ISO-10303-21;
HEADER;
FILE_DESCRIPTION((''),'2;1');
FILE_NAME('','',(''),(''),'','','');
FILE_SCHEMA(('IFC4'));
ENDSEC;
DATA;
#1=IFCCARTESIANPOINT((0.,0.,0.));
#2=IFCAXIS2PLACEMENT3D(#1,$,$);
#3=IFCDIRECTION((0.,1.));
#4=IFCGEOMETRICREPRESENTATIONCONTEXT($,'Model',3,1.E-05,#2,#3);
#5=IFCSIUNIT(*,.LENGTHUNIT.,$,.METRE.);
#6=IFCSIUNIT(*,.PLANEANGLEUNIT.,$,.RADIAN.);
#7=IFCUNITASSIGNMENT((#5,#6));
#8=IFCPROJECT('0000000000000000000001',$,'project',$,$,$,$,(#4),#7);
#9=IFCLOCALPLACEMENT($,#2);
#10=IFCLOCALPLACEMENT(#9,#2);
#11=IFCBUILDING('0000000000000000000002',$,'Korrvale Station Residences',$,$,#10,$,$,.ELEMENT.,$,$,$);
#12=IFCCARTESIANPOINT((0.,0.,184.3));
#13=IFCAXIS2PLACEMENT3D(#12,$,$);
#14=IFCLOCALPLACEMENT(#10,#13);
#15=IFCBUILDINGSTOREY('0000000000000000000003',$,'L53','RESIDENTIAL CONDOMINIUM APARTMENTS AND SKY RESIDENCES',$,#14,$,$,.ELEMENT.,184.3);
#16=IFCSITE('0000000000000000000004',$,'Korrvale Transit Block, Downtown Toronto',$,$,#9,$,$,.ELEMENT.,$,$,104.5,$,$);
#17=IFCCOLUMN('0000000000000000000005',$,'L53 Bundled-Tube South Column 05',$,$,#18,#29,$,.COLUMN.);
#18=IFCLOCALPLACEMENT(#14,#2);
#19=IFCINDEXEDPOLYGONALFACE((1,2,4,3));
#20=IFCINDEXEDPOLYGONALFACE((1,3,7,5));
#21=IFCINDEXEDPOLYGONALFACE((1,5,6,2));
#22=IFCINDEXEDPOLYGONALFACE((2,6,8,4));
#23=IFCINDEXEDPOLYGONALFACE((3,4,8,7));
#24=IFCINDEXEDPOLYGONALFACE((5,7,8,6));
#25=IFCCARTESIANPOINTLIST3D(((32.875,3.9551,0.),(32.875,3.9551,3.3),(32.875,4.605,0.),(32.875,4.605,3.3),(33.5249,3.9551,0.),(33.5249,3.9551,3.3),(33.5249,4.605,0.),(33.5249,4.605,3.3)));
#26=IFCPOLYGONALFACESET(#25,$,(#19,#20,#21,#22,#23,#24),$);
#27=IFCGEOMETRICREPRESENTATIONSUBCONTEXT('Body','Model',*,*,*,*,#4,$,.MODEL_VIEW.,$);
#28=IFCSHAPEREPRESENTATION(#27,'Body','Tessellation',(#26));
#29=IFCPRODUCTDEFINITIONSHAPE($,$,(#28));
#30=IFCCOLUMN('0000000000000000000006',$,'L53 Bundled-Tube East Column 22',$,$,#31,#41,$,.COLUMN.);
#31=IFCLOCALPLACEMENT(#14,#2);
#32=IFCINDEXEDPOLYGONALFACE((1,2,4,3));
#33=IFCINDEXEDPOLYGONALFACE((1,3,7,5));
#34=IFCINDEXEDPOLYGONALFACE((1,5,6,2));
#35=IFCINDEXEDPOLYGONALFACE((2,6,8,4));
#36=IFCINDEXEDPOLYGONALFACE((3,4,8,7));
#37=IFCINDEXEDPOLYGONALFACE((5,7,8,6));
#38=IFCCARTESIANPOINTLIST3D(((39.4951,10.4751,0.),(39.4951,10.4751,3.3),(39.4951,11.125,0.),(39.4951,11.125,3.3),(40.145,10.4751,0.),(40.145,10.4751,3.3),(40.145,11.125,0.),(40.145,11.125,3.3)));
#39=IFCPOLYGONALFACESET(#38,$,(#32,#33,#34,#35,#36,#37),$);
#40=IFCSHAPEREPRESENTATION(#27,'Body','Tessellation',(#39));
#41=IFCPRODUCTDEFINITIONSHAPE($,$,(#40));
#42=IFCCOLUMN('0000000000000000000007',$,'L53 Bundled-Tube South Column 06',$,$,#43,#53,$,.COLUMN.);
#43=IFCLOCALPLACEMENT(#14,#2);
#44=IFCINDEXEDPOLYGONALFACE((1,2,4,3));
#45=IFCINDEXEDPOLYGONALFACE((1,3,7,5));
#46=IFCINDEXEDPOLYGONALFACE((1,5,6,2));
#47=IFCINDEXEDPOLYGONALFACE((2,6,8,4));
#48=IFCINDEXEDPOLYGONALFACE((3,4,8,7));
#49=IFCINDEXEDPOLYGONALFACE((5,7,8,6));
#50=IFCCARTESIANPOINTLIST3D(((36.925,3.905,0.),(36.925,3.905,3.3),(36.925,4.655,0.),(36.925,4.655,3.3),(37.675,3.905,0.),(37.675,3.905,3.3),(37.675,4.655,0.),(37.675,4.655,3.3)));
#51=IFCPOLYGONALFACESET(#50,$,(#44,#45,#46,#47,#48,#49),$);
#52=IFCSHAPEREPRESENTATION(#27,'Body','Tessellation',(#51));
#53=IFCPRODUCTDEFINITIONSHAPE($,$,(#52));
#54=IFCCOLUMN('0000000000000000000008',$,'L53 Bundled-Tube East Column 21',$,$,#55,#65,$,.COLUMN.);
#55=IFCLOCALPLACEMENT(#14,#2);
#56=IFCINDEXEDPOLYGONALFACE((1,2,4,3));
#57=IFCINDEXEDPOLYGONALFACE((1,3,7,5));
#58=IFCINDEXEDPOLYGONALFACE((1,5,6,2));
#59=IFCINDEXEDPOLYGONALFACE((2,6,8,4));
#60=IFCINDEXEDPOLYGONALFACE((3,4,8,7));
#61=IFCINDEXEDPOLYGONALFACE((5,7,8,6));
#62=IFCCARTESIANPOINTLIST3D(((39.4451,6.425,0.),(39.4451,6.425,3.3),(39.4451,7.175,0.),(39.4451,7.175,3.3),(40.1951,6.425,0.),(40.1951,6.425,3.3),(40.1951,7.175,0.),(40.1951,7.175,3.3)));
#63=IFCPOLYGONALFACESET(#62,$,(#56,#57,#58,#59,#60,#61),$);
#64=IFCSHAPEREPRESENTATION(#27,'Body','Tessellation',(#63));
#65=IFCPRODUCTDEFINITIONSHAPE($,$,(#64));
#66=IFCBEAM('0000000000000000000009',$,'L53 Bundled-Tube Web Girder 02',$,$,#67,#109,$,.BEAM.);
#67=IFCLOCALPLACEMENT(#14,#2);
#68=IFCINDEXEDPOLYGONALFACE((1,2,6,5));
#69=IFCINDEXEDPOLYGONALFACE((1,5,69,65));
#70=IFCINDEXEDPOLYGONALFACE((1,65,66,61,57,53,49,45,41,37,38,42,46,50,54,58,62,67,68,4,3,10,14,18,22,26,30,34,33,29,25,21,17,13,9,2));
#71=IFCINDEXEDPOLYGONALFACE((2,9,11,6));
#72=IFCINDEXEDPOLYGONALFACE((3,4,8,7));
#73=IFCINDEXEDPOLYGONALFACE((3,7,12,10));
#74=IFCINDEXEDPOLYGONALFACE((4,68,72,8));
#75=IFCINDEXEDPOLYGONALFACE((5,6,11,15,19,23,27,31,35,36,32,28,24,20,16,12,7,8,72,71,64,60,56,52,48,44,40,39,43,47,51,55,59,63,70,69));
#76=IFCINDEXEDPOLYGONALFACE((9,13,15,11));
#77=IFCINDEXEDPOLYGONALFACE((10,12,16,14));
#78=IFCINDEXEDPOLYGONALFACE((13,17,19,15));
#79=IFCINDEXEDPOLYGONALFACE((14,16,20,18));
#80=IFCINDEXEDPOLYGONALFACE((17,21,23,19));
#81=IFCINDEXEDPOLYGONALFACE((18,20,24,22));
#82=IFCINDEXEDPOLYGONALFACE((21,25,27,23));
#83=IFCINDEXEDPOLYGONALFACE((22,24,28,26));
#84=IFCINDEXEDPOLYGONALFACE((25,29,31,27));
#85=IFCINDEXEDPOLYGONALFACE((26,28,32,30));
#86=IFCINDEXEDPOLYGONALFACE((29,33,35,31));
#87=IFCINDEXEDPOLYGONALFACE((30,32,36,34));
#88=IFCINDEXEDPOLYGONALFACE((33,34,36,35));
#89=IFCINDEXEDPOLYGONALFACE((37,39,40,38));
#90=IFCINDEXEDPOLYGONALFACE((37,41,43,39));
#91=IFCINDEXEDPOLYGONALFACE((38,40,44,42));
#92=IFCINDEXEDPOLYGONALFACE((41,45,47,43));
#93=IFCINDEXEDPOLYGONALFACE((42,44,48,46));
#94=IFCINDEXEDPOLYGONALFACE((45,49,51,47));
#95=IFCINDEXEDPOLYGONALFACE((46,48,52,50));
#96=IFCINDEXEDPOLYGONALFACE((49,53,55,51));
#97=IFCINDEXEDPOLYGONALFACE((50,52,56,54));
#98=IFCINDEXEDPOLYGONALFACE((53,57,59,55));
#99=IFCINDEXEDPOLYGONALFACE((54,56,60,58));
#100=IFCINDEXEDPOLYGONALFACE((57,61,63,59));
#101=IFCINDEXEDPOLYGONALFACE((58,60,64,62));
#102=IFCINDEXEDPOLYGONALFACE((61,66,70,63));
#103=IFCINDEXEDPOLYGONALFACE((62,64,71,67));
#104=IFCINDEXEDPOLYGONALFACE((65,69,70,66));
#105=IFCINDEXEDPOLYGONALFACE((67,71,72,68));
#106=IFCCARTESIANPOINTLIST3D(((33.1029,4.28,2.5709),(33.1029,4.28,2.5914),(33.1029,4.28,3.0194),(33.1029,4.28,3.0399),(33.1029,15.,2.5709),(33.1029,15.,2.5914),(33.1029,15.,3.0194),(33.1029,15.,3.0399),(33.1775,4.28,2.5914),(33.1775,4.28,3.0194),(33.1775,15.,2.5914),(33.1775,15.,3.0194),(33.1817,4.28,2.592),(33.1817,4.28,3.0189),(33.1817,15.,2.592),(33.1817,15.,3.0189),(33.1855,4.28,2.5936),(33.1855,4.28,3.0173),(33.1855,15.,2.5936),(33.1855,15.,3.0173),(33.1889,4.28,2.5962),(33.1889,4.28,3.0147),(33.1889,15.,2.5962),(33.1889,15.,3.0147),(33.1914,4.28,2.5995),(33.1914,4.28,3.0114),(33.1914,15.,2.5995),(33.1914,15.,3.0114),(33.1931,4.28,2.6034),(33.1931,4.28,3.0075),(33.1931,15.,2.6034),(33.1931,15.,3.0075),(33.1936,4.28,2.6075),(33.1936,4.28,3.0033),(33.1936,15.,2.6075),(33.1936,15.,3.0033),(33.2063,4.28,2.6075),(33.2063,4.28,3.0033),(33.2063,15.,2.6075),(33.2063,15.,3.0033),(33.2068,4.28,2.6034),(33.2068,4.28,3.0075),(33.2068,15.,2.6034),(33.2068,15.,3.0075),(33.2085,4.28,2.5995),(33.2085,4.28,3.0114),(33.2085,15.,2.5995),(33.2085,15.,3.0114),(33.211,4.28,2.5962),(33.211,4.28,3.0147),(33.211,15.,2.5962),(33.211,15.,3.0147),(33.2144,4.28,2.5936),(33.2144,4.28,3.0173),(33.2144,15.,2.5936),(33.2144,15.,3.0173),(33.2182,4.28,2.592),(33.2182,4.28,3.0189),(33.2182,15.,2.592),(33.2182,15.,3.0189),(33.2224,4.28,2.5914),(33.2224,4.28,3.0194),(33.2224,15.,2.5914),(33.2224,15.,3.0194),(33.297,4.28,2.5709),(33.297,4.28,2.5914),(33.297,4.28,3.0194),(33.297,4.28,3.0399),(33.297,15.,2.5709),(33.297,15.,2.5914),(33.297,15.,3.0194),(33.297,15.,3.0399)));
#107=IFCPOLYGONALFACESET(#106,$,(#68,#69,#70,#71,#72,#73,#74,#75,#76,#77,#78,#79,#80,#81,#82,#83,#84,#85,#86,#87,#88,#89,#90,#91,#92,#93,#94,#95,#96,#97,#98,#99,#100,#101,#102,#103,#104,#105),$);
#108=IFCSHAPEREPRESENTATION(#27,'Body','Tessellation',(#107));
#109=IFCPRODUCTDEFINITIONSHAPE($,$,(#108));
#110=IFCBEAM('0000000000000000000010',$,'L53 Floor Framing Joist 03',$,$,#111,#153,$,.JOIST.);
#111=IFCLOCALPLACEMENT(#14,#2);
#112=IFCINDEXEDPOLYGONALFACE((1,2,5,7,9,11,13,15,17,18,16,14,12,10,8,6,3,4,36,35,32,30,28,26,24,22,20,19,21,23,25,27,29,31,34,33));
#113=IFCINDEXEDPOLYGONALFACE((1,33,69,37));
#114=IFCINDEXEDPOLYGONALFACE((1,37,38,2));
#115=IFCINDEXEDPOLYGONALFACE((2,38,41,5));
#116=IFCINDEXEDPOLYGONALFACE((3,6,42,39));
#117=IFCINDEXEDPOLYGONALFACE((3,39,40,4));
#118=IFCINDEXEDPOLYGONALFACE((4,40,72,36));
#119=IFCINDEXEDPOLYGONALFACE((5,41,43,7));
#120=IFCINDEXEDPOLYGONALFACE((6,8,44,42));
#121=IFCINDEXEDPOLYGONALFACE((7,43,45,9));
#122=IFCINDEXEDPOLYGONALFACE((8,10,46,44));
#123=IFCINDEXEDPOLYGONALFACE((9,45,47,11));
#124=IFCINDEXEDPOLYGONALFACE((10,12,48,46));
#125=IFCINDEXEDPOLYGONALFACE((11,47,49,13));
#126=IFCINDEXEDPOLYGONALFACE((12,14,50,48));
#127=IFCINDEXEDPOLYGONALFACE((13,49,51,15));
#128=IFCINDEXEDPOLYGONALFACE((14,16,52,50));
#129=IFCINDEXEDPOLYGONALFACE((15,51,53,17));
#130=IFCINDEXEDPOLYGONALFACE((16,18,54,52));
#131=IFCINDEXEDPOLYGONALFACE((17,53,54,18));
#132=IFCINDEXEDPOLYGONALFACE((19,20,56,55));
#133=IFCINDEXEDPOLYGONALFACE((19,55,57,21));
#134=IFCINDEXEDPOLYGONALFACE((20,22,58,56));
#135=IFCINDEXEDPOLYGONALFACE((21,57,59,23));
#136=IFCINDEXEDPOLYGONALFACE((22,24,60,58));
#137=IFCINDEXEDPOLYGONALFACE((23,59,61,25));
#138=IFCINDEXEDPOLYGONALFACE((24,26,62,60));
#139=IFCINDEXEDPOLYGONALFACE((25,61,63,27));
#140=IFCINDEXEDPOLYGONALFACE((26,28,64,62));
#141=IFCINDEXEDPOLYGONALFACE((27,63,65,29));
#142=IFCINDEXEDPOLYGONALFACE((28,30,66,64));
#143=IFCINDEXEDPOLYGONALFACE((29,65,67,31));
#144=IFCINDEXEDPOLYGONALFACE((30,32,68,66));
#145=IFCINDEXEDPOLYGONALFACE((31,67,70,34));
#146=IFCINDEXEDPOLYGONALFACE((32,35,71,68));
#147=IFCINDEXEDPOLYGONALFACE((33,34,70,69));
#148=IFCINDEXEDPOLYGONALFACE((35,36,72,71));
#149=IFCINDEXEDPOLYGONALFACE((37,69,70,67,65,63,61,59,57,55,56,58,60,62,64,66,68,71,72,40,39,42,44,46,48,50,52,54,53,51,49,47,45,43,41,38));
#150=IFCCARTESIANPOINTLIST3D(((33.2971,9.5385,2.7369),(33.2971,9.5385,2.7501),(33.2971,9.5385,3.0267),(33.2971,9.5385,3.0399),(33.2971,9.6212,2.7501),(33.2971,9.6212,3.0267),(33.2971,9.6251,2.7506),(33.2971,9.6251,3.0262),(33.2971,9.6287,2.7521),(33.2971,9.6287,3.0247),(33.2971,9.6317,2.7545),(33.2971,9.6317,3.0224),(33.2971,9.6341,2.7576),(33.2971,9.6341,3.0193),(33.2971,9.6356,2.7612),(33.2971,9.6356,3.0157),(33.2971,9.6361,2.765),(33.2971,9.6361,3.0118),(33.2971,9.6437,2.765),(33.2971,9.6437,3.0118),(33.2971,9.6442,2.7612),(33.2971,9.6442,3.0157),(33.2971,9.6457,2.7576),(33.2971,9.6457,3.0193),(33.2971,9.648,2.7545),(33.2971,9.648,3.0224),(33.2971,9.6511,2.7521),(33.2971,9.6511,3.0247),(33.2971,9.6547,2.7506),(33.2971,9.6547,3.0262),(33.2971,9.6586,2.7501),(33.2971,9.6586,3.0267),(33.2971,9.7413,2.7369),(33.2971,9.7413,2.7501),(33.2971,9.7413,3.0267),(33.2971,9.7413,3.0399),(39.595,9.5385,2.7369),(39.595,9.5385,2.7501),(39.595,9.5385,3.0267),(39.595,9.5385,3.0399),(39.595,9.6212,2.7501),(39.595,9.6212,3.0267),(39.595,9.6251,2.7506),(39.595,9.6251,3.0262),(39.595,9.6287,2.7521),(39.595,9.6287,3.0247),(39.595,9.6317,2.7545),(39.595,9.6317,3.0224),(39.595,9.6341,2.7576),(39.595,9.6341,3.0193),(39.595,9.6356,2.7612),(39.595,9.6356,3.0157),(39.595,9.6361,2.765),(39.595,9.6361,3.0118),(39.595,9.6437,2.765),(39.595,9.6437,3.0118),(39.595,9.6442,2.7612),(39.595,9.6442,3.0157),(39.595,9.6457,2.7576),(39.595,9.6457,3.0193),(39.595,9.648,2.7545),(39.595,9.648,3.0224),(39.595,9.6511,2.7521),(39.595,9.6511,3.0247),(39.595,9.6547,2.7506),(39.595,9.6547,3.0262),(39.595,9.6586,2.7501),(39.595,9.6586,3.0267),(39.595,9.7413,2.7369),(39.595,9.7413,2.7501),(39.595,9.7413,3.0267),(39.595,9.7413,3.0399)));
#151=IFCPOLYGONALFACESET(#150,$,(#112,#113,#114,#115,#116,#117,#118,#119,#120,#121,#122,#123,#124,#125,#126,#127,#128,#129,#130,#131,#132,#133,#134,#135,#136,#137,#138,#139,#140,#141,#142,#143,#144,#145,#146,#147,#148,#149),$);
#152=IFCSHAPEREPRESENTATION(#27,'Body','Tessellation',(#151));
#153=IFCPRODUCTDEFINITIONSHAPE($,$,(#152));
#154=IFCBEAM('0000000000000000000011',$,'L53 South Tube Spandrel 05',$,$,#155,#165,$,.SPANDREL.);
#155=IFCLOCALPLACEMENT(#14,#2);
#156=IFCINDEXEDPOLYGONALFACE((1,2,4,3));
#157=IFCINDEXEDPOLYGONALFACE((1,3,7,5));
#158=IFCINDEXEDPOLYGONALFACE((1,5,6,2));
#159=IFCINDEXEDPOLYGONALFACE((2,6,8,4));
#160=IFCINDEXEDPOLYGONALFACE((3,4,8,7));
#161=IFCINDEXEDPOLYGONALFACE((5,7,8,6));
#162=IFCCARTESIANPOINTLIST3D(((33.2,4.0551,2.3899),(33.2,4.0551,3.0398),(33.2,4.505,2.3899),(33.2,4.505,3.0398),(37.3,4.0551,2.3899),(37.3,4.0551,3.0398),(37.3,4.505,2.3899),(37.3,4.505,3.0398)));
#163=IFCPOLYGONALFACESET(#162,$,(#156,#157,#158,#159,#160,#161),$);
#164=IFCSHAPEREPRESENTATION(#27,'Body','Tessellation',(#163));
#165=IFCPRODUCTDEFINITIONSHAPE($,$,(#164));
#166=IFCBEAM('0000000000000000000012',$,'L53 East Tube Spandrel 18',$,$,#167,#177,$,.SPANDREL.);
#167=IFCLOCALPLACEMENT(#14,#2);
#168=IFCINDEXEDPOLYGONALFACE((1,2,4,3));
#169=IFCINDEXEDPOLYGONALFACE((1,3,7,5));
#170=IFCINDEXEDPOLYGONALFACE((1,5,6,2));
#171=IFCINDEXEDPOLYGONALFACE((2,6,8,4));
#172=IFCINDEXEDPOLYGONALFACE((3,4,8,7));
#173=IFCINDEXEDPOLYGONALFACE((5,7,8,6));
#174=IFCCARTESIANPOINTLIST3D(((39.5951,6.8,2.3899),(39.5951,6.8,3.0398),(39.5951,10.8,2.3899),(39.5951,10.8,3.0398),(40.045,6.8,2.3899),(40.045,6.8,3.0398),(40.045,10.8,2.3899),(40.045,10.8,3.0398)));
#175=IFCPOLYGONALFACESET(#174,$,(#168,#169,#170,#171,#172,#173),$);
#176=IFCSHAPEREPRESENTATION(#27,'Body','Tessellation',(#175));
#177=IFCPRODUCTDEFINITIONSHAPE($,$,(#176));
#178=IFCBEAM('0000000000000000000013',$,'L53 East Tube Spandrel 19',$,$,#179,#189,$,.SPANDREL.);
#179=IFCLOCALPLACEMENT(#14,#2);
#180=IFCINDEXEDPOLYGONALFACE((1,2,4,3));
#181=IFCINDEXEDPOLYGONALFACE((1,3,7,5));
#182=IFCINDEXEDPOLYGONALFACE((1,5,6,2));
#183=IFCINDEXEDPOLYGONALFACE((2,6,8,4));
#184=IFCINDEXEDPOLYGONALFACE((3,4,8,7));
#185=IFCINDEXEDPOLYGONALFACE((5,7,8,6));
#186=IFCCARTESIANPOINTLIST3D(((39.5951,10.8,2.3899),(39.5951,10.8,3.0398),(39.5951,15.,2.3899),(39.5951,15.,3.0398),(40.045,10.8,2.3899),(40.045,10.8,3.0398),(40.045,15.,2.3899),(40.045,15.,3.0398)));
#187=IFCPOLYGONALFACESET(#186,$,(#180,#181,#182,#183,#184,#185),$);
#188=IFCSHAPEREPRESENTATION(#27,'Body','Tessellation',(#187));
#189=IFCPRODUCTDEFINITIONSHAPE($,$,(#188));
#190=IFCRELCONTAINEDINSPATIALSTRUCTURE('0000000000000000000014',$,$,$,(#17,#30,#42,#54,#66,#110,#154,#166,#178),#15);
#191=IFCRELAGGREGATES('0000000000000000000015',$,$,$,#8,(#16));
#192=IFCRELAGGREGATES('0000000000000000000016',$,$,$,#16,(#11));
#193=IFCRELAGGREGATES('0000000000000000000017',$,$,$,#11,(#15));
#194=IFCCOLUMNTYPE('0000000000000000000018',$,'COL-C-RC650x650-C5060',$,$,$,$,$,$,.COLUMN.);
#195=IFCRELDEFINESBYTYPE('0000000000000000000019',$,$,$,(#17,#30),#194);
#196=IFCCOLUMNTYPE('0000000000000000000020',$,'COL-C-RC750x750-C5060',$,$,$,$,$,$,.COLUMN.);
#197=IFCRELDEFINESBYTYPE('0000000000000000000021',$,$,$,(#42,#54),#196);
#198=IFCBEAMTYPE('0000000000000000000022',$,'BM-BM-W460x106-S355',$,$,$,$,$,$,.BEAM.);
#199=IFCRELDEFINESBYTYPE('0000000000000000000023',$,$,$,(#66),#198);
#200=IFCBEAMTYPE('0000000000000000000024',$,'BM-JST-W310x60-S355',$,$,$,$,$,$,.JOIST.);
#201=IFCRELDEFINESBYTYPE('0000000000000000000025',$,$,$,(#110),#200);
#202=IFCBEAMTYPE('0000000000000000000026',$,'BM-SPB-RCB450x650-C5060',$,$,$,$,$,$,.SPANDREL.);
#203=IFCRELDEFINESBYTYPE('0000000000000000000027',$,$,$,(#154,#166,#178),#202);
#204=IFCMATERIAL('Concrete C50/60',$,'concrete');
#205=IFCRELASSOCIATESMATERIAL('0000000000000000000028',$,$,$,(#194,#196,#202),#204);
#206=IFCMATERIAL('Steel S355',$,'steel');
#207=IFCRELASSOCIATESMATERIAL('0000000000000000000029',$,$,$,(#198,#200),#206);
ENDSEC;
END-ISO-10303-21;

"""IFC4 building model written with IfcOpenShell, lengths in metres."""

from ifc_helpers import new_model, si_unit, direction, frame, origin, origin_2d, place, context, subcontext, project, spatial, rectangle, i_section, extrude, material, material_profile, profile_set, type_object, element, save


model = new_model("IFC4")

# Units and contexts
model_context = context("Model", 3, precision=1e-05, world=origin(), true_north=direction((0.0, 1.0)))
body_context = subcontext(model_context, "Body", "Model", "MODEL_VIEW")
ifc_project = project(units=[si_unit("LENGTHUNIT", "METRE"), si_unit("PLANEANGLEUNIT", "RADIAN")], contexts=[model_context])

# Site, building, storey
site_placement = place(None, origin())
site = spatial("IfcSite", under=ifc_project, at=site_placement, Name="Korrvale Transit Block, Downtown Toronto", CompositionType="ELEMENT", RefElevation=104.5)
building_placement = place(site_placement, origin())
building = spatial("IfcBuilding", under=site, at=building_placement, Name="Korrvale Station Residences", CompositionType="ELEMENT")
storey_placement = place(building_placement, frame((0.0, 0.0, 184.3)))
storey = spatial("IfcBuildingStorey", under=building, at=storey_placement, Name="L53", Description="RESIDENTIAL CONDOMINIUM APARTMENTS AND SKY RESIDENCES", CompositionType="ELEMENT", Elevation=184.3)

# Columns
ifc_material_1 = material(Name="Concrete C50/60", Category="concrete")
ifc_material_profile_1 = material_profile(ifc_material_1, rectangle(XDim=0.6499, YDim=0.6499, at=origin_2d()), Name="RC650x650")
ifc_profile_set_1 = profile_set([ifc_material_profile_1], Name="Concrete C50/60")
column_type_1 = type_object("IfcColumnType", Name="COL-C-RC650x650-C5060", PredefinedType="COLUMN", material=ifc_profile_set_1)
for number, where, z_axis, x_axis, name in (
    (1, (33.2, 4.28, 0.0), (0.0, 0.0, 1.0), (1.0, 0.0, 0.0), "L53 Bundled-Tube South Column 05"),
    (2, (39.8201, 10.8, 0.0), (0.0, 0.0, 1.0), (1.0, 0.0, 0.0), "L53 Bundled-Tube East Column 22"),
):
    element("IfcColumn", number, at=place(storey_placement, frame(where, z_axis=z_axis, x_axis=x_axis)), inside=storey, type_object=column_type_1, Name=name, PredefinedType="COLUMN", context=body_context, shape_type="SweptSolid", body=[
        extrude(rectangle(XDim=0.6499, YDim=0.6499, at=origin_2d()), origin(), (0.0, 0.0, 1.0), 3.3),
    ])
ifc_material_profile_2 = material_profile(ifc_material_1, rectangle(XDim=0.75, YDim=0.75, at=origin_2d()), Name="RC750x750")
ifc_profile_set_2 = profile_set([ifc_material_profile_2], Name="Concrete C50/60")
column_type_2 = type_object("IfcColumnType", Name="COL-C-RC750x750-C5060", PredefinedType="COLUMN", material=ifc_profile_set_2)
for number, where, z_axis, x_axis, name in (
    (3, (37.3, 4.28, 0.0), (0.0, 0.0, 1.0), (1.0, 0.0, 0.0), "L53 Bundled-Tube South Column 06"),
    (4, (39.8201, 6.8, 0.0), (0.0, 0.0, 1.0), (1.0, 0.0, 0.0), "L53 Bundled-Tube East Column 21"),
):
    element("IfcColumn", number, at=place(storey_placement, frame(where, z_axis=z_axis, x_axis=x_axis)), inside=storey, type_object=column_type_2, Name=name, PredefinedType="COLUMN", context=body_context, shape_type="SweptSolid", body=[
        extrude(rectangle(XDim=0.75, YDim=0.75, at=origin_2d()), origin(), (0.0, 0.0, 1.0), 3.3),
    ])

# Beams
ifc_material_2 = material(Name="Steel S355", Category="steel")
ifc_material_profile_3 = material_profile(ifc_material_2, i_section(OverallWidth=0.1941, OverallDepth=0.469, WebThickness=0.0127, FlangeThickness=0.0205, FilletRadius=0.0161, at=origin_2d()), Name="W460x106")
ifc_profile_set_3 = profile_set([ifc_material_profile_3], Name="Steel S355")
beam_type_1 = type_object("IfcBeamType", Name="BM-BM-W460x106-S355", PredefinedType="BEAM", material=ifc_profile_set_3)
beam_1_placement = place(storey_placement, frame((33.2, 4.28, 2.8054), z_axis=(0.0, 1.0, 0.0), x_axis=(-1.0, 0.0, 0.0)))
element("IfcBeam", 5, at=beam_1_placement, inside=storey, type_object=beam_type_1, Name="L53 Bundled-Tube Web Girder 02", PredefinedType="BEAM", context=body_context, shape_type="SweptSolid", body=[
    extrude(i_section(OverallWidth=0.1941, OverallDepth=0.469, WebThickness=0.0127, FlangeThickness=0.0205, FilletRadius=0.0161, at=origin_2d()), origin(), (0.0, 0.0, 1.0), 10.72),
])
ifc_material_profile_4 = material_profile(ifc_material_2, i_section(OverallWidth=0.2029, OverallDepth=0.303, WebThickness=0.0076, FlangeThickness=0.0132, FilletRadius=0.0149, at=origin_2d()), Name="W310x60")
ifc_profile_set_4 = profile_set([ifc_material_profile_4], Name="Steel S355")
beam_type_2 = type_object("IfcBeamType", Name="BM-JST-W310x60-S355", PredefinedType="JOIST", material=ifc_profile_set_4)
beam_2_placement = place(storey_placement, frame((33.2971, 9.6399, 2.8884), z_axis=(1.0, 0.0, 0.0), x_axis=(0.0, 1.0, 0.0)))
element("IfcBeam", 6, at=beam_2_placement, inside=storey, type_object=beam_type_2, Name="L53 Floor Framing Joist 03", PredefinedType="JOIST", context=body_context, shape_type="SweptSolid", body=[
    extrude(i_section(OverallWidth=0.2029, OverallDepth=0.303, WebThickness=0.0076, FlangeThickness=0.0132, FilletRadius=0.0149, at=origin_2d()), origin(), (0.0, 0.0, 1.0), 6.2979),
])
ifc_material_profile_5 = material_profile(ifc_material_1, rectangle(XDim=0.45, YDim=0.6499, at=origin_2d()), Name="RCB450x650")
ifc_profile_set_5 = profile_set([ifc_material_profile_5], Name="Concrete C50/60")
beam_type_3 = type_object("IfcBeamType", Name="BM-SPB-RCB450x650-C5060", PredefinedType="SPANDREL", material=ifc_profile_set_5)
beam_3_placement = place(storey_placement, frame((33.2, 4.28, 2.7148), z_axis=(1.0, 0.0, 0.0), x_axis=(0.0, 1.0, 0.0)))
element("IfcBeam", 7, at=beam_3_placement, inside=storey, type_object=beam_type_3, Name="L53 South Tube Spandrel 05", PredefinedType="SPANDREL", context=body_context, shape_type="SweptSolid", body=[
    extrude(rectangle(XDim=0.45, YDim=0.6499, at=origin_2d()), origin(), (0.0, 0.0, 1.0), 4.1001),
])
beam_4_placement = place(storey_placement, frame((39.8201, 6.8, 2.7148), z_axis=(0.0, 1.0, 0.0), x_axis=(-1.0, 0.0, 0.0)))
element("IfcBeam", 8, at=beam_4_placement, inside=storey, type_object=beam_type_3, Name="L53 East Tube Spandrel 18", PredefinedType="SPANDREL", context=body_context, shape_type="SweptSolid", body=[
    extrude(rectangle(XDim=0.45, YDim=0.6499, at=origin_2d()), origin(), (0.0, 0.0, 1.0), 4.0),
])
beam_5_placement = place(storey_placement, frame((39.8201, 10.8, 2.7148), z_axis=(0.0, 1.0, 0.0), x_axis=(-1.0, 0.0, 0.0)))
element("IfcBeam", 9, at=beam_5_placement, inside=storey, type_object=beam_type_3, Name="L53 East Tube Spandrel 19", PredefinedType="SPANDREL", context=body_context, shape_type="SweptSolid", body=[
    extrude(rectangle(XDim=0.45, YDim=0.6499, at=origin_2d()), origin(), (0.0, 0.0, 1.0), 4.2),
])

save(model, "model.ifc")
